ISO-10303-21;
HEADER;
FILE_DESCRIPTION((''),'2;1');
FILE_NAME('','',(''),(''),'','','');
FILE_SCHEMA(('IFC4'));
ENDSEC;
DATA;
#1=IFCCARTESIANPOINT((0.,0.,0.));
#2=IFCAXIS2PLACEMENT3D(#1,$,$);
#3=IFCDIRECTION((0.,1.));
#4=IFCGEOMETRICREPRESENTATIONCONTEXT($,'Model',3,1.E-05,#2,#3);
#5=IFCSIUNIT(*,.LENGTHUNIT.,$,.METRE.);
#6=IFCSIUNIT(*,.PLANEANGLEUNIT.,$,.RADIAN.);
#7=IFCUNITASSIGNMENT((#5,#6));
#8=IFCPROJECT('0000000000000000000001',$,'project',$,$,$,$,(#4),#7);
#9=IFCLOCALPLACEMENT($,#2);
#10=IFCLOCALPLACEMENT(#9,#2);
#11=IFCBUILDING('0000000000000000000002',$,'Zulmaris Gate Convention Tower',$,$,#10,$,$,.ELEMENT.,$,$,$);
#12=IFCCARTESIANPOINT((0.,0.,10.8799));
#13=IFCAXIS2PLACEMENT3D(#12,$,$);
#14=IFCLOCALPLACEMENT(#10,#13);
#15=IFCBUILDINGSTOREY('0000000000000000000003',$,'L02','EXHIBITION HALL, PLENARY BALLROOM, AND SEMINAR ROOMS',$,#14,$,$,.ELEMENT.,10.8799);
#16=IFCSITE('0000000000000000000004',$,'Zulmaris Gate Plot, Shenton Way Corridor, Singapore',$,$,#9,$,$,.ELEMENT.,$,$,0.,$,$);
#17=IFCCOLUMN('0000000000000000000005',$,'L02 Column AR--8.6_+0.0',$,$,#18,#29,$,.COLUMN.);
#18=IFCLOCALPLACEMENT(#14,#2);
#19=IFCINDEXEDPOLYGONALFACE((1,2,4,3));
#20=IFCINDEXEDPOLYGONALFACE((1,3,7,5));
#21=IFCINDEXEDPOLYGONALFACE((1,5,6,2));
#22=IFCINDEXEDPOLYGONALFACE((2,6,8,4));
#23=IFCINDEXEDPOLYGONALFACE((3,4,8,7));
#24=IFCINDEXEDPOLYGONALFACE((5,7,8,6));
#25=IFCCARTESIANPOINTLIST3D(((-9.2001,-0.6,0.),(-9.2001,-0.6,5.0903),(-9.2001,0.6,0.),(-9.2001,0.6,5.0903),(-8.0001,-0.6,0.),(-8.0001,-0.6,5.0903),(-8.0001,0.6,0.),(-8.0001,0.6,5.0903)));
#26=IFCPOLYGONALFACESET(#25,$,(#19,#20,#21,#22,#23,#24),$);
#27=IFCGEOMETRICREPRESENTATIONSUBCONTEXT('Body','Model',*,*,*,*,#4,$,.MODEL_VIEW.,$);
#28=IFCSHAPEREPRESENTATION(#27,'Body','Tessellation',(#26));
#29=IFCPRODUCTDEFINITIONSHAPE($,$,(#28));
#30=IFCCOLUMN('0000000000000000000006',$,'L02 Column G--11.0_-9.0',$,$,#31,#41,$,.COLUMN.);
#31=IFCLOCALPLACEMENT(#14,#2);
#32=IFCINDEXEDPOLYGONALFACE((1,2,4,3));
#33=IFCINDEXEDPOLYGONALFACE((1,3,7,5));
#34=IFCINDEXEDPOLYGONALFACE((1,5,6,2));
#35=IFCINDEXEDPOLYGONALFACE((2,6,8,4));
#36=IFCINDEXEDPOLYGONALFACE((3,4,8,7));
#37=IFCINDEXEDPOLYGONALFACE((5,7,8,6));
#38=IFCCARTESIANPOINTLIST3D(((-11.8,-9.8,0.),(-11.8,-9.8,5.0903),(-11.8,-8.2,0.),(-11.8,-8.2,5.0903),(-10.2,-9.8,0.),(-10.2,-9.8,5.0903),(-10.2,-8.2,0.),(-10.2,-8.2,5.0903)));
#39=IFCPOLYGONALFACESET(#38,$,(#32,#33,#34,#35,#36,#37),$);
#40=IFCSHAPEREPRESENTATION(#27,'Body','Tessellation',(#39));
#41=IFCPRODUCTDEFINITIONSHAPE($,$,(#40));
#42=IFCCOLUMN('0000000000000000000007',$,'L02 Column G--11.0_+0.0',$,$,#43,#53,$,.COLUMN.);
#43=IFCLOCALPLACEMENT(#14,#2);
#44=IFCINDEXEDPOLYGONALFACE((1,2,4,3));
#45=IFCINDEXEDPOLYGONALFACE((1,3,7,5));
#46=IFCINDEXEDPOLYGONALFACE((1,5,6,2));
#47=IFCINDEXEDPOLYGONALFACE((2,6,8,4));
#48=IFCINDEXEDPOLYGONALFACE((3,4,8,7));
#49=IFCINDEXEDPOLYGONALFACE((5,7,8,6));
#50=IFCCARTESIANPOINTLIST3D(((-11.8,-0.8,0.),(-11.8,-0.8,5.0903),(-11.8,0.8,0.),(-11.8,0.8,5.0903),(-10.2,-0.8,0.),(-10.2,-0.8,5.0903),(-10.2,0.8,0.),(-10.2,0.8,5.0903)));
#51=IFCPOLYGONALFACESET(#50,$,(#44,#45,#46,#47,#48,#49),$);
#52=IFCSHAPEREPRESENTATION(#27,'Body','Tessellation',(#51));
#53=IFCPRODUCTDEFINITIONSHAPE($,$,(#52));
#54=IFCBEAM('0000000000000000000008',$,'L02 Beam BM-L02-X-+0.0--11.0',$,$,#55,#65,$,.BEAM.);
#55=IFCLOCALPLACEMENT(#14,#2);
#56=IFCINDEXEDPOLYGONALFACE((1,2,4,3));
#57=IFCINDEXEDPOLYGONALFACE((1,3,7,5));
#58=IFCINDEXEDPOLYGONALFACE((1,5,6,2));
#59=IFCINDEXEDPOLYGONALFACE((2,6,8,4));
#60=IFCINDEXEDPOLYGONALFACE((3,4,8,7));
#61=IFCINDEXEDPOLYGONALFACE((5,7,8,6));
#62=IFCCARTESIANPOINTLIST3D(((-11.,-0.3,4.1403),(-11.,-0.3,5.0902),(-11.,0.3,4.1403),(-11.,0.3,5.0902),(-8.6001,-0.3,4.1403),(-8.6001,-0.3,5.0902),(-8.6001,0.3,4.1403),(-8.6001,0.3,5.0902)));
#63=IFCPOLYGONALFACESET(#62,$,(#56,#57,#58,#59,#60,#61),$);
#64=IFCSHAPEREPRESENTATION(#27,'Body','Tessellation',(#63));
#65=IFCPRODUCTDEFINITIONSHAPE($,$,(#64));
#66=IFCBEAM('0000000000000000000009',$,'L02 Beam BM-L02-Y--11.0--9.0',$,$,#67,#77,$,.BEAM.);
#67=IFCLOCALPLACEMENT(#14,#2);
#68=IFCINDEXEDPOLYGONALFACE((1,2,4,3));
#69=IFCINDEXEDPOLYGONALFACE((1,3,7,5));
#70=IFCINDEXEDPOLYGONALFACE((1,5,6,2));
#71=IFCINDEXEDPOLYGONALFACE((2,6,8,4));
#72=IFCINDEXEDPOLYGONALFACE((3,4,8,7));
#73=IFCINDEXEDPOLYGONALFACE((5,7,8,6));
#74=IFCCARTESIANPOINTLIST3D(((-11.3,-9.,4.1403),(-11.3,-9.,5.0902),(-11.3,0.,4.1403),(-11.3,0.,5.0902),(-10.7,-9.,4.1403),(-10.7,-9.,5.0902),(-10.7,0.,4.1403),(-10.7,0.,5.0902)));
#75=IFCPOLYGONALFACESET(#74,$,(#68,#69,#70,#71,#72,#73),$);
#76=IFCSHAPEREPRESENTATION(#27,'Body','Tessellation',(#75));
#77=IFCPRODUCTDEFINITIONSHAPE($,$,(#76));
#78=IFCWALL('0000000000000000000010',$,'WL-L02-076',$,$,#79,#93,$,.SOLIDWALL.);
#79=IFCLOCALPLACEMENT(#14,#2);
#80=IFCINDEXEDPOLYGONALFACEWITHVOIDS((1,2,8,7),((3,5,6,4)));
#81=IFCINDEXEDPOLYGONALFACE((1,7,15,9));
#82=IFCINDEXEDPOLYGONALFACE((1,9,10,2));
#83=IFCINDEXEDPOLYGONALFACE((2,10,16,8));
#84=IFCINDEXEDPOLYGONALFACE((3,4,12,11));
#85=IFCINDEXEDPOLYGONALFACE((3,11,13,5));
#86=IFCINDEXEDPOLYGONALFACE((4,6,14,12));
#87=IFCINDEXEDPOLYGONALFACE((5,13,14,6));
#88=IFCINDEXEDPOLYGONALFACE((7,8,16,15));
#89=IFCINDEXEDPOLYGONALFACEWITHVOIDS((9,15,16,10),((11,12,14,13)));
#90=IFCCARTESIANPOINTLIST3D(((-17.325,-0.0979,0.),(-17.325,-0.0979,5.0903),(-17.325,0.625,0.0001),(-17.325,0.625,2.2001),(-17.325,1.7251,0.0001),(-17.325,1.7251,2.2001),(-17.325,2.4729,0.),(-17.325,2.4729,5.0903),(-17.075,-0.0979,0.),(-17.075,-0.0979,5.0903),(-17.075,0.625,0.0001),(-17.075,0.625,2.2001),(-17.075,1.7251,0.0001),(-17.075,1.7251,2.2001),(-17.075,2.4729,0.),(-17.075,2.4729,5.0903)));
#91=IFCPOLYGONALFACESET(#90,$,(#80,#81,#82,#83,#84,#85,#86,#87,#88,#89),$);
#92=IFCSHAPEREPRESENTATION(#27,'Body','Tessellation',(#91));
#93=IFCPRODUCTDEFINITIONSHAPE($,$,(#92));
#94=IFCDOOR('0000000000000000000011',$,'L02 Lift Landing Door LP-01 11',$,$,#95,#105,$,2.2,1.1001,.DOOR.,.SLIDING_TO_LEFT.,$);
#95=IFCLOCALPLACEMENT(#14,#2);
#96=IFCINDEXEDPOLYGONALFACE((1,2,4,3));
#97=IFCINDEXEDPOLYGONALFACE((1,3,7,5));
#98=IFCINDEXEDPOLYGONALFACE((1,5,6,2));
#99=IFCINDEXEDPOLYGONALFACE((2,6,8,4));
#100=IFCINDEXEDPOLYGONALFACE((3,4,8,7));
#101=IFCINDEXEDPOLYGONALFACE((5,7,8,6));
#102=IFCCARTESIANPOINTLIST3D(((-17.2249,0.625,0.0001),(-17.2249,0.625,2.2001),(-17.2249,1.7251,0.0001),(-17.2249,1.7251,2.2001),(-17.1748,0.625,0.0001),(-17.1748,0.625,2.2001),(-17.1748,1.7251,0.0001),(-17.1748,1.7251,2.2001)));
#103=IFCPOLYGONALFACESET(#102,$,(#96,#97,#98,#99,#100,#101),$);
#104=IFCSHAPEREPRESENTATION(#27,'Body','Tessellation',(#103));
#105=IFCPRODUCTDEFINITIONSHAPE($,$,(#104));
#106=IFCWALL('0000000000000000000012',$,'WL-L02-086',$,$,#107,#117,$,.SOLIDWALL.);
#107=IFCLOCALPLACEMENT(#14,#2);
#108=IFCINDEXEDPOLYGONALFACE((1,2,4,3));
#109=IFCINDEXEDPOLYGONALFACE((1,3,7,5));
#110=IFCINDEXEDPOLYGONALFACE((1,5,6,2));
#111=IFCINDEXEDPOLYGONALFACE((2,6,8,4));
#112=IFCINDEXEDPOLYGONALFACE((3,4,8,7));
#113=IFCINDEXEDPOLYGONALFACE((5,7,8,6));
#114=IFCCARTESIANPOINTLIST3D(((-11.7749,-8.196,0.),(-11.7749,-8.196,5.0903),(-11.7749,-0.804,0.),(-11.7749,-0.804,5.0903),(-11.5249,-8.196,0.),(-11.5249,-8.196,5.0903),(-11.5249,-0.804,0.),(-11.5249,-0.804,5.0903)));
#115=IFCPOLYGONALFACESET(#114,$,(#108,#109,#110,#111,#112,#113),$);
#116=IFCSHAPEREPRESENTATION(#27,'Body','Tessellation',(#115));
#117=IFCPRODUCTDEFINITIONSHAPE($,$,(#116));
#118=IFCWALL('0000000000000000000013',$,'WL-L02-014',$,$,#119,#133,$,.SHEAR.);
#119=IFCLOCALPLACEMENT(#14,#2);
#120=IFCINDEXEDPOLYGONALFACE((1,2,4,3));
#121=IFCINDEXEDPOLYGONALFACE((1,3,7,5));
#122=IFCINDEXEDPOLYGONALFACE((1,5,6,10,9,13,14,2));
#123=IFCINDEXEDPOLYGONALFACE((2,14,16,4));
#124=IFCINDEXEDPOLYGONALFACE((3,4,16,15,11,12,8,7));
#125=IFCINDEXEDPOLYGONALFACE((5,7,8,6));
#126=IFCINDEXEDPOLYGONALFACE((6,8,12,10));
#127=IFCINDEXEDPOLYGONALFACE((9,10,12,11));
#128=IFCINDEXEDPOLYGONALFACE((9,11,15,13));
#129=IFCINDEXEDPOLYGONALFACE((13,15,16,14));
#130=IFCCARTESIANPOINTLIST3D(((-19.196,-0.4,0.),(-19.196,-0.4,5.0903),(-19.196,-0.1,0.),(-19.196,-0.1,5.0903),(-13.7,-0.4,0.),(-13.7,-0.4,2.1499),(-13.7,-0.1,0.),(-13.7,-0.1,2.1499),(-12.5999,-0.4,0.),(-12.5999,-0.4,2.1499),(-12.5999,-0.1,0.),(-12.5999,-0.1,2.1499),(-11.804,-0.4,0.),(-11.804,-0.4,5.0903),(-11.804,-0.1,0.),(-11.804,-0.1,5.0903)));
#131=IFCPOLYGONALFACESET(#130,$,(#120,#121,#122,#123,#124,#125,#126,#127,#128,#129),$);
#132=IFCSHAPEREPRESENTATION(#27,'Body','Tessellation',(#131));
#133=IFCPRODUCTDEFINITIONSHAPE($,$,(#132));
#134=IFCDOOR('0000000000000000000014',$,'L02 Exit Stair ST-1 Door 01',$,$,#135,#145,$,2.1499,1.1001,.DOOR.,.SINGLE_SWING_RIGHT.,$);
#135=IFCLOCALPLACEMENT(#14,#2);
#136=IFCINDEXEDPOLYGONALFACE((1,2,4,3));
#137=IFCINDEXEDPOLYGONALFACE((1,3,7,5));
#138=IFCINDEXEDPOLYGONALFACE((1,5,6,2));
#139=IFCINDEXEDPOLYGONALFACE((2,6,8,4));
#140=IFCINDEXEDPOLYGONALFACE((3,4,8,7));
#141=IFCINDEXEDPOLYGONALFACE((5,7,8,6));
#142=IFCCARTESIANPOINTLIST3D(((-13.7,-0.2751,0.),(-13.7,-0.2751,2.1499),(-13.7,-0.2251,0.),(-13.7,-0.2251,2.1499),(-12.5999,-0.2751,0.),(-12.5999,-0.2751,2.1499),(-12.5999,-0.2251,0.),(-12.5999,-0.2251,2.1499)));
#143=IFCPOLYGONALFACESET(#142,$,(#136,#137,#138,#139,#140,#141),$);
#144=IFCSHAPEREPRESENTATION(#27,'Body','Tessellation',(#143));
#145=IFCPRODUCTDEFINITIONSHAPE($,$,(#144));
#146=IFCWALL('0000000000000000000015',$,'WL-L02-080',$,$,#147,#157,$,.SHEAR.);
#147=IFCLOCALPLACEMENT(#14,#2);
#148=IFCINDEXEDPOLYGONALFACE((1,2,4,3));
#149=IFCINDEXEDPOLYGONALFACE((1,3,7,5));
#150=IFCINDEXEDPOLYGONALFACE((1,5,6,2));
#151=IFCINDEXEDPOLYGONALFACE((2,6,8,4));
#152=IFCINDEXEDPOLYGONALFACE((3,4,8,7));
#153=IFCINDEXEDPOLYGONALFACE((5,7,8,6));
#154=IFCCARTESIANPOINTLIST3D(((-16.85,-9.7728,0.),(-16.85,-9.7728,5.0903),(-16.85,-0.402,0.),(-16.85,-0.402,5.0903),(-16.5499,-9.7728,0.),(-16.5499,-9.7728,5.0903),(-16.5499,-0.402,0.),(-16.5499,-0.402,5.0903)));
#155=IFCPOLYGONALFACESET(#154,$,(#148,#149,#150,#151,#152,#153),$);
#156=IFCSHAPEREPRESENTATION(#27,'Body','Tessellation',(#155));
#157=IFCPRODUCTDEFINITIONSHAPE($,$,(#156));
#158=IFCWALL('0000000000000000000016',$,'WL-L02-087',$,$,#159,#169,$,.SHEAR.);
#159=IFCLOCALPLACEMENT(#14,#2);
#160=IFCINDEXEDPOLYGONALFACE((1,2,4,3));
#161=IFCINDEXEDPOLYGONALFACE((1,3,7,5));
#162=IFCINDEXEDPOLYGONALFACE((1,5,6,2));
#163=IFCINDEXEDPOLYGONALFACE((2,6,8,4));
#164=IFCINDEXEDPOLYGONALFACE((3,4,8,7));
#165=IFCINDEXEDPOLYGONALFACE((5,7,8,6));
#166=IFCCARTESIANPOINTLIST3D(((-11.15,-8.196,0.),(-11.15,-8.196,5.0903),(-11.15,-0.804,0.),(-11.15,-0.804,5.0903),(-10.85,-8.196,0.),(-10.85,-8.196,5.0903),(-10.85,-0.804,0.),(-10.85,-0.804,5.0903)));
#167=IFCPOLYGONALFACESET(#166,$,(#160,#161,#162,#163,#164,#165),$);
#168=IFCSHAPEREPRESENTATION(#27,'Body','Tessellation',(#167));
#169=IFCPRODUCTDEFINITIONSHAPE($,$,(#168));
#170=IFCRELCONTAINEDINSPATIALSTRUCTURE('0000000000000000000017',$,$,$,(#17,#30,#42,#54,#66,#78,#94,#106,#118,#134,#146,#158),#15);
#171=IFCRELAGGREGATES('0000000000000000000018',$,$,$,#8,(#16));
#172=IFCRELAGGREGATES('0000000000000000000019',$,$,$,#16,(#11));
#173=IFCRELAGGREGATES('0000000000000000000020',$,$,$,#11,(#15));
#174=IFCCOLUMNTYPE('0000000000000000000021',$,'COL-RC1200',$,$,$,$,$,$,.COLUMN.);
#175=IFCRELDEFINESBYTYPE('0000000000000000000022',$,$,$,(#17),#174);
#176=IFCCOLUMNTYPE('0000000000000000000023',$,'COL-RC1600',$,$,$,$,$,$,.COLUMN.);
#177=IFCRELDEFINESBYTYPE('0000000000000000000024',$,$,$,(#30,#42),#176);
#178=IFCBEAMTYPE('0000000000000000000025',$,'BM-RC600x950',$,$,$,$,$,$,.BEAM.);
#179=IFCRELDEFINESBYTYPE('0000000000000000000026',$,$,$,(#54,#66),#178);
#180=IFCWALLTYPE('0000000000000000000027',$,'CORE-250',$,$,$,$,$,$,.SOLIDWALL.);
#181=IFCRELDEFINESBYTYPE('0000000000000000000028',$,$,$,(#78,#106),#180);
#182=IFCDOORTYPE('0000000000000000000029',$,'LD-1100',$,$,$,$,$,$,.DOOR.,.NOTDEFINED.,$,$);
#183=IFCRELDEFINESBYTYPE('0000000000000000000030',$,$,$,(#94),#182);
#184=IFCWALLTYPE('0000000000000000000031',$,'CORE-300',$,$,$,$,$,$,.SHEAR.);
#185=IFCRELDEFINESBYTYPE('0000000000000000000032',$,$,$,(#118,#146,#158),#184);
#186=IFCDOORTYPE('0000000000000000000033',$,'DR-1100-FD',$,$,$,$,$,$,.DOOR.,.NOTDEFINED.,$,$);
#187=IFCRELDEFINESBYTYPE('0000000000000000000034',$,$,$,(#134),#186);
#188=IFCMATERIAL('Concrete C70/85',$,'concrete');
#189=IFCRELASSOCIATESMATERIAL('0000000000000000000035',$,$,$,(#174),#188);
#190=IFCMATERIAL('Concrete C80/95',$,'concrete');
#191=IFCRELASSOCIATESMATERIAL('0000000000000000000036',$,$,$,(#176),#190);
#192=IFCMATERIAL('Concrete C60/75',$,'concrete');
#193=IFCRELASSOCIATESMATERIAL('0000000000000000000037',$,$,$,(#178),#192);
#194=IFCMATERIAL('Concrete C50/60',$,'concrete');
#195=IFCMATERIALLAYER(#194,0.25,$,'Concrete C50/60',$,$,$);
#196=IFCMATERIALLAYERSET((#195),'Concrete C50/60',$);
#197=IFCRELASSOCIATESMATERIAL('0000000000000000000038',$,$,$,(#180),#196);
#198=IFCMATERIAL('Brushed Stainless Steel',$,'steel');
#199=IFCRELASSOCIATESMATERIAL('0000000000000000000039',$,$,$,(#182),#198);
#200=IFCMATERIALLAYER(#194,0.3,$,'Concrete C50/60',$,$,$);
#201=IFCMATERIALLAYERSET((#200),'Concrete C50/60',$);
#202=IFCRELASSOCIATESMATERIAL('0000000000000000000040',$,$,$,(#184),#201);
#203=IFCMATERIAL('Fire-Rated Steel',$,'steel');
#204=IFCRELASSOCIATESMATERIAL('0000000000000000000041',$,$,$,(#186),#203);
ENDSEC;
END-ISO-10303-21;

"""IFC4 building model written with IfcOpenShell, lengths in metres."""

from ifc_helpers import new_model, si_unit, direction, frame, frame_2d, origin, origin_2d, place, context, subcontext, project, spatial, rectangle, extrude, material, layer, layer_set, material_profile, profile_set, type_object, element, fill, save


model = new_model("IFC4")

# Units and contexts
model_context = context("Model", 3, precision=1e-05, world=origin(), true_north=direction((0.0, 1.0)))
body_context = subcontext(model_context, "Body", "Model", "MODEL_VIEW")
ifc_project = project(units=[si_unit("LENGTHUNIT", "METRE"), si_unit("PLANEANGLEUNIT", "RADIAN")], contexts=[model_context])

# Site, building, storey
site_placement = place(None, origin())
site = spatial("IfcSite", under=ifc_project, at=site_placement, Name="Zulmaris Gate Plot, Shenton Way Corridor, Singapore", CompositionType="ELEMENT", RefElevation=0.0)
building_placement = place(site_placement, origin())
building = spatial("IfcBuilding", under=site, at=building_placement, Name="Zulmaris Gate Convention Tower", CompositionType="ELEMENT")
storey_placement = place(building_placement, frame((0.0, 0.0, 10.8799)))
storey = spatial("IfcBuildingStorey", under=building, at=storey_placement, Name="L02", Description="EXHIBITION HALL, PLENARY BALLROOM, AND SEMINAR ROOMS", CompositionType="ELEMENT", Elevation=10.8799)

# Columns
ifc_material_1 = material(Name="Concrete C70/85", Category="concrete")
ifc_material_profile_1 = material_profile(ifc_material_1, rectangle(XDim=1.2, YDim=1.2, at=origin_2d()), Name="RC COL 1200x1200")
ifc_profile_set_1 = profile_set([ifc_material_profile_1], Name="Concrete C70/85")
column_type_1 = type_object("IfcColumnType", Name="COL-RC1200", PredefinedType="COLUMN", material=ifc_profile_set_1)
column_placement = place(storey_placement, frame((-8.6001, 0.0, 0.0), z_axis=(0.0, 0.0, 1.0), x_axis=(1.0, 0.0, 0.0)))
element("IfcColumn", 1, at=column_placement, inside=storey, type_object=column_type_1, Name="L02 Column AR--8.6_+0.0", PredefinedType="COLUMN", context=body_context, shape_type="SweptSolid", body=[
    extrude(rectangle(XDim=1.2, YDim=1.2, at=origin_2d()), origin(), (0.0, 0.0, 1.0), 5.0903),
])
ifc_material_2 = material(Name="Concrete C80/95", Category="concrete")
ifc_material_profile_2 = material_profile(ifc_material_2, rectangle(XDim=1.6001, YDim=1.6001, at=origin_2d()), Name="RC COL 1600x1600")
ifc_profile_set_2 = profile_set([ifc_material_profile_2], Name="Concrete C80/95")
column_type_2 = type_object("IfcColumnType", Name="COL-RC1600", PredefinedType="COLUMN", material=ifc_profile_set_2)
for number, where, z_axis, x_axis, name in (
    (2, (-11.0, -9.0, 0.0), (0.0, 0.0, 1.0), (1.0, 0.0, 0.0), "L02 Column G--11.0_-9.0"),
    (3, (-11.0, 0.0, 0.0), (0.0, 0.0, 1.0), (1.0, 0.0, 0.0), "L02 Column G--11.0_+0.0"),
):
    element("IfcColumn", number, at=place(storey_placement, frame(where, z_axis=z_axis, x_axis=x_axis)), inside=storey, type_object=column_type_2, Name=name, PredefinedType="COLUMN", context=body_context, shape_type="SweptSolid", body=[
        extrude(rectangle(XDim=1.6001, YDim=1.6001, at=origin_2d()), origin(), (0.0, 0.0, 1.0), 5.0903),
    ])

# Beams
ifc_material_3 = material(Name="Concrete C60/75", Category="concrete")
ifc_material_profile_3 = material_profile(ifc_material_3, rectangle(XDim=0.6001, YDim=0.95, at=origin_2d()), Name="RC BEAM 600x950")
ifc_profile_set_3 = profile_set([ifc_material_profile_3], Name="Concrete C60/75")
beam_type = type_object("IfcBeamType", Name="BM-RC600x950", PredefinedType="BEAM", material=ifc_profile_set_3)
beam_1_placement = place(storey_placement, frame((-11.0, 0.0, 4.6152), z_axis=(1.0, 0.0, 0.0), x_axis=(0.0, 1.0, 0.0)))
element("IfcBeam", 4, at=beam_1_placement, inside=storey, type_object=beam_type, Name="L02 Beam BM-L02-X-+0.0--11.0", PredefinedType="BEAM", context=body_context, shape_type="SweptSolid", body=[
    extrude(rectangle(XDim=0.6001, YDim=0.95, at=origin_2d()), origin(), (0.0, 0.0, 1.0), 2.3999),
])
beam_2_placement = place(storey_placement, frame((-11.0, -9.0, 4.6152), z_axis=(0.0, 1.0, 0.0), x_axis=(-1.0, 0.0, 0.0)))
element("IfcBeam", 5, at=beam_2_placement, inside=storey, type_object=beam_type, Name="L02 Beam BM-L02-Y--11.0--9.0", PredefinedType="BEAM", context=body_context, shape_type="SweptSolid", body=[
    extrude(rectangle(XDim=0.6001, YDim=0.95, at=origin_2d()), origin(), (0.0, 0.0, 1.0), 9.0),
])

# Wall, opening, door
ifc_material_4 = material(Name="Concrete C50/60", Category="concrete")
ifc_layer_1 = layer(ifc_material_4, 0.25, Name="Concrete C50/60")
ifc_layer_set_1 = layer_set([ifc_layer_1], Name="Concrete C50/60")
wall_type_1 = type_object("IfcWallType", Name="CORE-250", PredefinedType="SOLIDWALL", material=ifc_layer_set_1)
wall_1_placement = place(storey_placement, frame((-17.2, -0.0979, 0.0), z_axis=(0.0, 0.0, 1.0), x_axis=(0.0, 1.0, 0.0)))
wall_1 = element("IfcWall", 6, at=wall_1_placement, inside=storey, type_object=wall_type_1, Name="WL-L02-076", PredefinedType="SOLIDWALL", context=body_context, shape_type="SweptSolid", body=[
    extrude(rectangle(XDim=2.5708, YDim=0.25, at=frame_2d((1.2854, 0.0))), origin(), (0.0, 0.0, 1.0), 5.0903),
])
opening_1_placement = place(wall_1_placement, frame((0.7229, 0.0, 0.0)))
opening_1 = element("IfcOpeningElement", 7, at=opening_1_placement, cuts=wall_1, PredefinedType="OPENING", context=body_context, shape_type="SweptSolid", body=[
    extrude(rectangle(XDim=1.1001, YDim=2.2, at=frame_2d((0.55, 1.1001))), frame((0.0, 0.135, 0.0), z_axis=(0.0, -1.0, 0.0), x_axis=(1.0, 0.0, 0.0)), (0.0, 0.0, 1.0), 0.27),
])
ifc_material_5 = material(Name="Brushed Stainless Steel", Category="steel")
door_type_1 = type_object("IfcDoorType", Name="LD-1100", OperationType="NOTDEFINED", PredefinedType="DOOR", material=ifc_material_5)
door_1_placement = place(opening_1_placement, origin())
door_1 = element("IfcDoor", 8, at=door_1_placement, inside=storey, type_object=door_type_1, Name="L02 Lift Landing Door LP-01 11", OperationType="SLIDING_TO_LEFT", OverallHeight=2.2, OverallWidth=1.1001, PredefinedType="DOOR", context=body_context, shape_type="SweptSolid", body=[
    extrude(rectangle(XDim=1.1001, YDim=2.2, at=frame_2d((0.55, 1.1001))), frame((0.0, 0.0249, 0.0), z_axis=(0.0, -1.0, 0.0), x_axis=(1.0, 0.0, 0.0)), (0.0, 0.0, 1.0), 0.05),
])
fill(opening_1, door_1)

# Wall
wall_2_placement = place(storey_placement, frame((-11.6499, -8.196, 0.0), z_axis=(0.0, 0.0, 1.0), x_axis=(0.0, 1.0, 0.0)))
element("IfcWall", 9, at=wall_2_placement, inside=storey, type_object=wall_type_1, Name="WL-L02-086", PredefinedType="SOLIDWALL", context=body_context, shape_type="SweptSolid", body=[
    extrude(rectangle(XDim=7.3921, YDim=0.25, at=frame_2d((3.696, 0.0))), origin(), (0.0, 0.0, 1.0), 5.0903),
])

# Wall, opening, door
ifc_layer_2 = layer(ifc_material_4, 0.3, Name="Concrete C50/60")
ifc_layer_set_2 = layer_set([ifc_layer_2], Name="Concrete C50/60")
wall_type_2 = type_object("IfcWallType", Name="CORE-300", PredefinedType="SHEAR", material=ifc_layer_set_2)
wall_3_placement = place(storey_placement, frame((-19.196, -0.25, 0.0), z_axis=(0.0, 0.0, 1.0), x_axis=(1.0, 0.0, 0.0)))
wall_3 = element("IfcWall", 10, at=wall_3_placement, inside=storey, type_object=wall_type_2, Name="WL-L02-014", PredefinedType="SHEAR", context=body_context, shape_type="SweptSolid", body=[
    extrude(rectangle(XDim=7.3921, YDim=0.3, at=frame_2d((3.696, 0.0))), origin(), (0.0, 0.0, 1.0), 5.0903),
])
opening_2_placement = place(wall_3_placement, frame((5.4961, 0.0, 0.0)))
opening_2 = element("IfcOpeningElement", 11, at=opening_2_placement, cuts=wall_3, PredefinedType="OPENING", context=body_context, shape_type="SweptSolid", body=[
    extrude(rectangle(XDim=1.1001, YDim=2.1499, at=frame_2d((0.55, 1.075))), frame((0.0, 0.1602, 0.0), z_axis=(0.0, -1.0, 0.0), x_axis=(1.0, 0.0, 0.0)), (0.0, 0.0, 1.0), 0.3201),
])
ifc_material_6 = material(Name="Fire-Rated Steel", Category="steel")
door_type_2 = type_object("IfcDoorType", Name="DR-1100-FD", OperationType="NOTDEFINED", PredefinedType="DOOR", material=ifc_material_6)
door_2_placement = place(opening_2_placement, origin())
door_2 = element("IfcDoor", 12, at=door_2_placement, inside=storey, type_object=door_type_2, Name="L02 Exit Stair ST-1 Door 01", OperationType="SINGLE_SWING_RIGHT", OverallHeight=2.1499, OverallWidth=1.1001, PredefinedType="DOOR", context=body_context, shape_type="SweptSolid", body=[
    extrude(rectangle(XDim=1.1001, YDim=2.1499, at=frame_2d((0.55, 1.075))), frame((0.0, 0.0249, 0.0), z_axis=(0.0, -1.0, 0.0), x_axis=(1.0, 0.0, 0.0)), (0.0, 0.0, 1.0), 0.05),
])
fill(opening_2, door_2)

# Walls
wall_4_placement = place(storey_placement, frame((-16.7, -9.7729, 0.0), z_axis=(0.0, 0.0, 1.0), x_axis=(0.0, 1.0, 0.0)))
element("IfcWall", 13, at=wall_4_placement, inside=storey, type_object=wall_type_2, Name="WL-L02-080", PredefinedType="SHEAR", context=body_context, shape_type="SweptSolid", body=[
    extrude(rectangle(XDim=9.3708, YDim=0.3, at=frame_2d((4.6855, 0.0))), origin(), (0.0, 0.0, 1.0), 5.0903),
])
wall_5_placement = place(storey_placement, frame((-11.0, -8.196, 0.0), z_axis=(0.0, 0.0, 1.0), x_axis=(0.0, 1.0, 0.0)))
element("IfcWall", 14, at=wall_5_placement, inside=storey, type_object=wall_type_2, Name="WL-L02-087", PredefinedType="SHEAR", context=body_context, shape_type="SweptSolid", body=[
    extrude(rectangle(XDim=7.3921, YDim=0.3, at=frame_2d((3.696, 0.0))), origin(), (0.0, 0.0, 1.0), 5.0903),
])

save(model, "model.ifc")
